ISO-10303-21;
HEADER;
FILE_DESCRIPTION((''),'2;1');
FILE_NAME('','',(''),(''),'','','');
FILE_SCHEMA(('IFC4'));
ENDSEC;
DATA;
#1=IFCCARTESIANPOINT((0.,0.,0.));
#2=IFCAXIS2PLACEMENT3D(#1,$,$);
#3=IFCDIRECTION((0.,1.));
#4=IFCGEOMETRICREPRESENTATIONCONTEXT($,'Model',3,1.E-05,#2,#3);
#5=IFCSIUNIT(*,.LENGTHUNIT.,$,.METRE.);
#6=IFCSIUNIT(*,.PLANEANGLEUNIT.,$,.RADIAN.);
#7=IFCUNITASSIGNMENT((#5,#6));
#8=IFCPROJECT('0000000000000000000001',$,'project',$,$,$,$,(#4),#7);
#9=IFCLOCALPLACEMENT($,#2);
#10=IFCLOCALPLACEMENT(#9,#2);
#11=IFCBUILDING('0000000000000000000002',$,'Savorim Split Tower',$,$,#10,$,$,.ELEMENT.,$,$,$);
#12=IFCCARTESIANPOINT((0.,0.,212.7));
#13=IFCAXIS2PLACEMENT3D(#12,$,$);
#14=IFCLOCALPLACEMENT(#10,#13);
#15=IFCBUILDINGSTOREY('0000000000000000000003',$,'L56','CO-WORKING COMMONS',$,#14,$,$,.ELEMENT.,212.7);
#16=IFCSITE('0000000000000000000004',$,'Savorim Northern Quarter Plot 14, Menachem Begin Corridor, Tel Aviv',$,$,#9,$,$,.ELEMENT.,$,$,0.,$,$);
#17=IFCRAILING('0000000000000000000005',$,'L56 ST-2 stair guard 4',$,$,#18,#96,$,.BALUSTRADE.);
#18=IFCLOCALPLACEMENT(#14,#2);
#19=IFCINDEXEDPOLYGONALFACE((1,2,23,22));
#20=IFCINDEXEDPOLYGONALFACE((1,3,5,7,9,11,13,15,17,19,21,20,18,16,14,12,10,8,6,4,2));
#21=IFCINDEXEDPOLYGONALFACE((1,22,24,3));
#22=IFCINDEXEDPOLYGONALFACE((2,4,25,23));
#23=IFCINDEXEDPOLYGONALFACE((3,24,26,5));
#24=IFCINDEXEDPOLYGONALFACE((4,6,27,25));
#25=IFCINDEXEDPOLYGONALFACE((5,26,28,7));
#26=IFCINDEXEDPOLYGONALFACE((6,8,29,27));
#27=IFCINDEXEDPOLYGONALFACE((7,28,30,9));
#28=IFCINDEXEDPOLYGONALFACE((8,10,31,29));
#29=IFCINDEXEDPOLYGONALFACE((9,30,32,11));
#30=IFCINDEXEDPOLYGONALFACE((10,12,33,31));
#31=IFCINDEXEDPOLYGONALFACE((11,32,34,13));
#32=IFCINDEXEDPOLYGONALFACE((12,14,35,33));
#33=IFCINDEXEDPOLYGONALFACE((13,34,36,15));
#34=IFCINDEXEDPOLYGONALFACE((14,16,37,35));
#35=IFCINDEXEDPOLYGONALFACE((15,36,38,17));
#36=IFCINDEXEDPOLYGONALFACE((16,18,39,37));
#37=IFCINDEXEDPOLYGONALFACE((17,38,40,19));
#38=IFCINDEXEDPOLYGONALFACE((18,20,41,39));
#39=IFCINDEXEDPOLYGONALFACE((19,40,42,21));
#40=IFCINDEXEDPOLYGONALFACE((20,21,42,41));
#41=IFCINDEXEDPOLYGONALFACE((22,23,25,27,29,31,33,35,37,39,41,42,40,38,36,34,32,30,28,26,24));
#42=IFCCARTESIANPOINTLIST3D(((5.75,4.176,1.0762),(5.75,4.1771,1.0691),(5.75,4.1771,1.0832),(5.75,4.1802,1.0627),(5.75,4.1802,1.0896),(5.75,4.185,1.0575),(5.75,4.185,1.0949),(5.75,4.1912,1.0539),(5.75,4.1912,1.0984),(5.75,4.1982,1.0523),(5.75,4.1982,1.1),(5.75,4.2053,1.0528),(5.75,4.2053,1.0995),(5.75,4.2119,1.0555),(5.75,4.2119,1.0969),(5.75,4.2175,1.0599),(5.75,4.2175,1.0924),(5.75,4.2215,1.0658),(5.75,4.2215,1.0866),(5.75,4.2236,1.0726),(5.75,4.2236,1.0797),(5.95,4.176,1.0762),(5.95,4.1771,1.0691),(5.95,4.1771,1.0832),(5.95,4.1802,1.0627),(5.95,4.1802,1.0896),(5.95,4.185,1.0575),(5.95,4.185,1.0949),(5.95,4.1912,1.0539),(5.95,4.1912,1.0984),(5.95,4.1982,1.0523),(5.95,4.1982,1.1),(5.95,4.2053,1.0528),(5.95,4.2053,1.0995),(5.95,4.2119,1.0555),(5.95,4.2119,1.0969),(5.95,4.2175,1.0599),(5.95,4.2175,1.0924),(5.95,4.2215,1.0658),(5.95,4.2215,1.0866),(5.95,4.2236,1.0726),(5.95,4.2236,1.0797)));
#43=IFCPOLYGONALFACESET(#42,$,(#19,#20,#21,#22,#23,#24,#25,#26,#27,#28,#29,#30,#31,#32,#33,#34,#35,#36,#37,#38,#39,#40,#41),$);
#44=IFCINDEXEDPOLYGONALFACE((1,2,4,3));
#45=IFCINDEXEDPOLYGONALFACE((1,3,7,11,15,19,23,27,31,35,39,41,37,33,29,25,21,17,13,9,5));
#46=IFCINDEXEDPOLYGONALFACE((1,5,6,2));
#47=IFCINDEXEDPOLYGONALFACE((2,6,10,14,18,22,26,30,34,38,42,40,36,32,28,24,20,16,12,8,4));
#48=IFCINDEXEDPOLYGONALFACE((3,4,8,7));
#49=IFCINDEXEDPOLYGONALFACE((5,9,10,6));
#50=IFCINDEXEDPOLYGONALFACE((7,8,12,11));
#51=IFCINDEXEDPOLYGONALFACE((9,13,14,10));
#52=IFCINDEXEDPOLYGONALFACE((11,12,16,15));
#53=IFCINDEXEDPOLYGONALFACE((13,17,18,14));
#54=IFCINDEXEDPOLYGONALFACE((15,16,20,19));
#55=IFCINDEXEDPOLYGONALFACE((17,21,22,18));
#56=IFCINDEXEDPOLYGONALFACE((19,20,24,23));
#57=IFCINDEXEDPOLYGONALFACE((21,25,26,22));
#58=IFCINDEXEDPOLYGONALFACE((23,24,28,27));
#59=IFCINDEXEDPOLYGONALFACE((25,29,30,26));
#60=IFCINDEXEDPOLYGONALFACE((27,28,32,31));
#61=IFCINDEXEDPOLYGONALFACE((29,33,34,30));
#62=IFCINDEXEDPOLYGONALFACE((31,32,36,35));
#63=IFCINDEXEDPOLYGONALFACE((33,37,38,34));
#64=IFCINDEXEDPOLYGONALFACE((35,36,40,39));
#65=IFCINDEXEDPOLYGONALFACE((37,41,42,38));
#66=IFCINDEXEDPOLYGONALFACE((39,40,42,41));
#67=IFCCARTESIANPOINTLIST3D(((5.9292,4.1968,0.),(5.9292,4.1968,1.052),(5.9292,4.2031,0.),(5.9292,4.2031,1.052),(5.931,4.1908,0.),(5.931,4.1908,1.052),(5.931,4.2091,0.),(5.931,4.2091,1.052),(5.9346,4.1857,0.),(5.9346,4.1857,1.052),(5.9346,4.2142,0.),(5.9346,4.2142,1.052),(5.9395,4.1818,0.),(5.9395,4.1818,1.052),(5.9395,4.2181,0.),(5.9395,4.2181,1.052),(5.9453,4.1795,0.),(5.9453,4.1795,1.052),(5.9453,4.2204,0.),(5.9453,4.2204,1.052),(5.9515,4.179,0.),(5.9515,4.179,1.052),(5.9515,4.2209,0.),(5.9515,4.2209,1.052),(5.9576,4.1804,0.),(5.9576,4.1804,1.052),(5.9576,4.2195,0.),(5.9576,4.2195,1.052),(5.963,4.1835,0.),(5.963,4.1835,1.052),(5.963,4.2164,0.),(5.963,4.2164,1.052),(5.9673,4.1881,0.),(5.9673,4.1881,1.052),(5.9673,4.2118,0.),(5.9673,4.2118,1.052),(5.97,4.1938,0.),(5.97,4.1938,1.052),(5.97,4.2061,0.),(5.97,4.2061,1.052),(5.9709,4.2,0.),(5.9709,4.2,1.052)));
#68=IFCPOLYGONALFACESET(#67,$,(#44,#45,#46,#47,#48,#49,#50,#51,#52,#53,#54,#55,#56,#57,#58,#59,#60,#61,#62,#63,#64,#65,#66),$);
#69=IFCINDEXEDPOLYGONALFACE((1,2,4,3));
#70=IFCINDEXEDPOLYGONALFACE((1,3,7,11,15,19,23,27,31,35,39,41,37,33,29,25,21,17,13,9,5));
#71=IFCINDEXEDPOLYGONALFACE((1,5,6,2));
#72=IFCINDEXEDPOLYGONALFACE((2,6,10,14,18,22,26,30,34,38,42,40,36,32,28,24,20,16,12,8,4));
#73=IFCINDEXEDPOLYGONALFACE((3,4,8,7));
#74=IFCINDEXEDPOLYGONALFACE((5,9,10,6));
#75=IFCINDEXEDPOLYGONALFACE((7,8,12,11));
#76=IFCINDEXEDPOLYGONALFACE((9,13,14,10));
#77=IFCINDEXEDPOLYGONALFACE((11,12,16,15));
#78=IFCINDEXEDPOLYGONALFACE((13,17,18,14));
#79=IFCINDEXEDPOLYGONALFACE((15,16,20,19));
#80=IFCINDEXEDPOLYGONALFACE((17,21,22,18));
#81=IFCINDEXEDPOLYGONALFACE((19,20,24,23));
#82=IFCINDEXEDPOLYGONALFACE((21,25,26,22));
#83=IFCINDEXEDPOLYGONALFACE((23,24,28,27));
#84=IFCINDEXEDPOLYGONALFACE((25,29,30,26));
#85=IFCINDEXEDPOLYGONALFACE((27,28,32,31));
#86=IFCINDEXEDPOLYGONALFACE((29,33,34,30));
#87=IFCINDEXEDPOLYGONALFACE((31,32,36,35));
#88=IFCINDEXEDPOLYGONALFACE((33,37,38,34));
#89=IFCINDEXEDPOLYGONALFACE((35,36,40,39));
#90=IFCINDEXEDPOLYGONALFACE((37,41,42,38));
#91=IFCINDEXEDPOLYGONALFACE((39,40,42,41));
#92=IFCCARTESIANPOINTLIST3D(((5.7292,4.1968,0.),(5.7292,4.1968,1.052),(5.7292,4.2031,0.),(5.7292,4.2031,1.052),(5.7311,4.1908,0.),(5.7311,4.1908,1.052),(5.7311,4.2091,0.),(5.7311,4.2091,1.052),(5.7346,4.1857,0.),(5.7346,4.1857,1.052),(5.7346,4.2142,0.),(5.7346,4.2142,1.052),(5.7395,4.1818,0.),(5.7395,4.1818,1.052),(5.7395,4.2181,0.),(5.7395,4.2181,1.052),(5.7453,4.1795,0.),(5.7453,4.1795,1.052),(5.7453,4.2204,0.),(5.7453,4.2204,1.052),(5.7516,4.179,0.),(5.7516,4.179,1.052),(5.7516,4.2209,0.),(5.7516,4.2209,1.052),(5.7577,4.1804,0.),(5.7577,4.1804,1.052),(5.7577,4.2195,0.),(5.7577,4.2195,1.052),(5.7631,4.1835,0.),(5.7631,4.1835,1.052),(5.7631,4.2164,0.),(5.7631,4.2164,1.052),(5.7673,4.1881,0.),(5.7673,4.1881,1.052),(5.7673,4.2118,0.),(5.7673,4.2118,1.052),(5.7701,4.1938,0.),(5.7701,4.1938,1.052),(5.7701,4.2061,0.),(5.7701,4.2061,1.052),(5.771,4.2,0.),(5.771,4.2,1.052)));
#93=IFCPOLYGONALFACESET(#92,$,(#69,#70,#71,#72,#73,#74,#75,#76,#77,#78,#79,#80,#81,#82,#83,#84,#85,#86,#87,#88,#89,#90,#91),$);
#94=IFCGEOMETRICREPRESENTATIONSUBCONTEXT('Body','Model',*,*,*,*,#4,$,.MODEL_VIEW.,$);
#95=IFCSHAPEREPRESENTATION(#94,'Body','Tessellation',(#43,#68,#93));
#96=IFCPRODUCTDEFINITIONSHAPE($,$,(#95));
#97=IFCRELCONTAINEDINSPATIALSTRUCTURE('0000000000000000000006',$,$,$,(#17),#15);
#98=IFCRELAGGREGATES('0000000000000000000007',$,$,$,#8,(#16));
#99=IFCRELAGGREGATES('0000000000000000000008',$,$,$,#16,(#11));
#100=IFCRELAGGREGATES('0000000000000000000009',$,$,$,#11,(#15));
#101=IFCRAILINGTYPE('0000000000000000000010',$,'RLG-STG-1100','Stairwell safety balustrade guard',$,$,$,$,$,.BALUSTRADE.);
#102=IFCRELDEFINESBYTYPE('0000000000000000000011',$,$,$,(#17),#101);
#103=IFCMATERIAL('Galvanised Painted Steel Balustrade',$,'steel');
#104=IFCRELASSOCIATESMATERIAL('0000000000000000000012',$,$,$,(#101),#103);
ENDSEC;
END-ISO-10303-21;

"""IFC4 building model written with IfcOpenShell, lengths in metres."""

from ifc_helpers import new_model, si_unit, direction, frame, origin, origin_2d, place, context, subcontext, project, spatial, circle, extrude, material, type_object, element, save


model = new_model("IFC4")

# Units and contexts
model_context = context("Model", 3, precision=1e-05, world=origin(), true_north=direction((0.0, 1.0)))
body_context = subcontext(model_context, "Body", "Model", "MODEL_VIEW")
ifc_project = project(units=[si_unit("LENGTHUNIT", "METRE"), si_unit("PLANEANGLEUNIT", "RADIAN")], contexts=[model_context])

# Site, building, storey
site_placement = place(None, origin())
site = spatial("IfcSite", under=ifc_project, at=site_placement, Name="Savorim Northern Quarter Plot 14, Menachem Begin Corridor, Tel Aviv", CompositionType="ELEMENT", RefElevation=0.0)
building_placement = place(site_placement, origin())
building = spatial("IfcBuilding", under=site, at=building_placement, Name="Savorim Split Tower", CompositionType="ELEMENT")
storey_placement = place(building_placement, frame((0.0, 0.0, 212.7)))
storey = spatial("IfcBuildingStorey", under=building, at=storey_placement, Name="L56", Description="CO-WORKING COMMONS", CompositionType="ELEMENT", Elevation=212.7)

# Railing
ifc_material_1 = material(Name="Galvanised Painted Steel Balustrade", Category="steel")
railing_type_1 = type_object("IfcRailingType", Name="RLG-STG-1100", Description="Stairwell safety balustrade guard", PredefinedType="BALUSTRADE", material=ifc_material_1)
railing_1_placement = place(storey_placement, frame((5.95, 4.2, 0.0)))
element("IfcRailing", 1, at=railing_1_placement, inside=storey, type_object=railing_type_1, Name="L56 ST-2 stair guard 4", PredefinedType="BALUSTRADE", context=body_context, shape_type="SweptSolid", body=[
    extrude(circle(Radius=0.0239, at=origin_2d()), frame((0.0, 0.0, 1.0762), z_axis=(-1.0, 0.0, 0.0), x_axis=(0.0, -1.0, 0.0)), (0.0, 0.0, 1.0), 0.2),
    extrude(circle(Radius=0.021, at=origin_2d()), origin(), (0.0, 0.0, 1.0), 1.052),
    extrude(circle(Radius=0.021, at=origin_2d()), frame((-0.2, 0.0, 0.0)), (0.0, 0.0, 1.0), 1.052),
])

save(model, "model.ifc")
